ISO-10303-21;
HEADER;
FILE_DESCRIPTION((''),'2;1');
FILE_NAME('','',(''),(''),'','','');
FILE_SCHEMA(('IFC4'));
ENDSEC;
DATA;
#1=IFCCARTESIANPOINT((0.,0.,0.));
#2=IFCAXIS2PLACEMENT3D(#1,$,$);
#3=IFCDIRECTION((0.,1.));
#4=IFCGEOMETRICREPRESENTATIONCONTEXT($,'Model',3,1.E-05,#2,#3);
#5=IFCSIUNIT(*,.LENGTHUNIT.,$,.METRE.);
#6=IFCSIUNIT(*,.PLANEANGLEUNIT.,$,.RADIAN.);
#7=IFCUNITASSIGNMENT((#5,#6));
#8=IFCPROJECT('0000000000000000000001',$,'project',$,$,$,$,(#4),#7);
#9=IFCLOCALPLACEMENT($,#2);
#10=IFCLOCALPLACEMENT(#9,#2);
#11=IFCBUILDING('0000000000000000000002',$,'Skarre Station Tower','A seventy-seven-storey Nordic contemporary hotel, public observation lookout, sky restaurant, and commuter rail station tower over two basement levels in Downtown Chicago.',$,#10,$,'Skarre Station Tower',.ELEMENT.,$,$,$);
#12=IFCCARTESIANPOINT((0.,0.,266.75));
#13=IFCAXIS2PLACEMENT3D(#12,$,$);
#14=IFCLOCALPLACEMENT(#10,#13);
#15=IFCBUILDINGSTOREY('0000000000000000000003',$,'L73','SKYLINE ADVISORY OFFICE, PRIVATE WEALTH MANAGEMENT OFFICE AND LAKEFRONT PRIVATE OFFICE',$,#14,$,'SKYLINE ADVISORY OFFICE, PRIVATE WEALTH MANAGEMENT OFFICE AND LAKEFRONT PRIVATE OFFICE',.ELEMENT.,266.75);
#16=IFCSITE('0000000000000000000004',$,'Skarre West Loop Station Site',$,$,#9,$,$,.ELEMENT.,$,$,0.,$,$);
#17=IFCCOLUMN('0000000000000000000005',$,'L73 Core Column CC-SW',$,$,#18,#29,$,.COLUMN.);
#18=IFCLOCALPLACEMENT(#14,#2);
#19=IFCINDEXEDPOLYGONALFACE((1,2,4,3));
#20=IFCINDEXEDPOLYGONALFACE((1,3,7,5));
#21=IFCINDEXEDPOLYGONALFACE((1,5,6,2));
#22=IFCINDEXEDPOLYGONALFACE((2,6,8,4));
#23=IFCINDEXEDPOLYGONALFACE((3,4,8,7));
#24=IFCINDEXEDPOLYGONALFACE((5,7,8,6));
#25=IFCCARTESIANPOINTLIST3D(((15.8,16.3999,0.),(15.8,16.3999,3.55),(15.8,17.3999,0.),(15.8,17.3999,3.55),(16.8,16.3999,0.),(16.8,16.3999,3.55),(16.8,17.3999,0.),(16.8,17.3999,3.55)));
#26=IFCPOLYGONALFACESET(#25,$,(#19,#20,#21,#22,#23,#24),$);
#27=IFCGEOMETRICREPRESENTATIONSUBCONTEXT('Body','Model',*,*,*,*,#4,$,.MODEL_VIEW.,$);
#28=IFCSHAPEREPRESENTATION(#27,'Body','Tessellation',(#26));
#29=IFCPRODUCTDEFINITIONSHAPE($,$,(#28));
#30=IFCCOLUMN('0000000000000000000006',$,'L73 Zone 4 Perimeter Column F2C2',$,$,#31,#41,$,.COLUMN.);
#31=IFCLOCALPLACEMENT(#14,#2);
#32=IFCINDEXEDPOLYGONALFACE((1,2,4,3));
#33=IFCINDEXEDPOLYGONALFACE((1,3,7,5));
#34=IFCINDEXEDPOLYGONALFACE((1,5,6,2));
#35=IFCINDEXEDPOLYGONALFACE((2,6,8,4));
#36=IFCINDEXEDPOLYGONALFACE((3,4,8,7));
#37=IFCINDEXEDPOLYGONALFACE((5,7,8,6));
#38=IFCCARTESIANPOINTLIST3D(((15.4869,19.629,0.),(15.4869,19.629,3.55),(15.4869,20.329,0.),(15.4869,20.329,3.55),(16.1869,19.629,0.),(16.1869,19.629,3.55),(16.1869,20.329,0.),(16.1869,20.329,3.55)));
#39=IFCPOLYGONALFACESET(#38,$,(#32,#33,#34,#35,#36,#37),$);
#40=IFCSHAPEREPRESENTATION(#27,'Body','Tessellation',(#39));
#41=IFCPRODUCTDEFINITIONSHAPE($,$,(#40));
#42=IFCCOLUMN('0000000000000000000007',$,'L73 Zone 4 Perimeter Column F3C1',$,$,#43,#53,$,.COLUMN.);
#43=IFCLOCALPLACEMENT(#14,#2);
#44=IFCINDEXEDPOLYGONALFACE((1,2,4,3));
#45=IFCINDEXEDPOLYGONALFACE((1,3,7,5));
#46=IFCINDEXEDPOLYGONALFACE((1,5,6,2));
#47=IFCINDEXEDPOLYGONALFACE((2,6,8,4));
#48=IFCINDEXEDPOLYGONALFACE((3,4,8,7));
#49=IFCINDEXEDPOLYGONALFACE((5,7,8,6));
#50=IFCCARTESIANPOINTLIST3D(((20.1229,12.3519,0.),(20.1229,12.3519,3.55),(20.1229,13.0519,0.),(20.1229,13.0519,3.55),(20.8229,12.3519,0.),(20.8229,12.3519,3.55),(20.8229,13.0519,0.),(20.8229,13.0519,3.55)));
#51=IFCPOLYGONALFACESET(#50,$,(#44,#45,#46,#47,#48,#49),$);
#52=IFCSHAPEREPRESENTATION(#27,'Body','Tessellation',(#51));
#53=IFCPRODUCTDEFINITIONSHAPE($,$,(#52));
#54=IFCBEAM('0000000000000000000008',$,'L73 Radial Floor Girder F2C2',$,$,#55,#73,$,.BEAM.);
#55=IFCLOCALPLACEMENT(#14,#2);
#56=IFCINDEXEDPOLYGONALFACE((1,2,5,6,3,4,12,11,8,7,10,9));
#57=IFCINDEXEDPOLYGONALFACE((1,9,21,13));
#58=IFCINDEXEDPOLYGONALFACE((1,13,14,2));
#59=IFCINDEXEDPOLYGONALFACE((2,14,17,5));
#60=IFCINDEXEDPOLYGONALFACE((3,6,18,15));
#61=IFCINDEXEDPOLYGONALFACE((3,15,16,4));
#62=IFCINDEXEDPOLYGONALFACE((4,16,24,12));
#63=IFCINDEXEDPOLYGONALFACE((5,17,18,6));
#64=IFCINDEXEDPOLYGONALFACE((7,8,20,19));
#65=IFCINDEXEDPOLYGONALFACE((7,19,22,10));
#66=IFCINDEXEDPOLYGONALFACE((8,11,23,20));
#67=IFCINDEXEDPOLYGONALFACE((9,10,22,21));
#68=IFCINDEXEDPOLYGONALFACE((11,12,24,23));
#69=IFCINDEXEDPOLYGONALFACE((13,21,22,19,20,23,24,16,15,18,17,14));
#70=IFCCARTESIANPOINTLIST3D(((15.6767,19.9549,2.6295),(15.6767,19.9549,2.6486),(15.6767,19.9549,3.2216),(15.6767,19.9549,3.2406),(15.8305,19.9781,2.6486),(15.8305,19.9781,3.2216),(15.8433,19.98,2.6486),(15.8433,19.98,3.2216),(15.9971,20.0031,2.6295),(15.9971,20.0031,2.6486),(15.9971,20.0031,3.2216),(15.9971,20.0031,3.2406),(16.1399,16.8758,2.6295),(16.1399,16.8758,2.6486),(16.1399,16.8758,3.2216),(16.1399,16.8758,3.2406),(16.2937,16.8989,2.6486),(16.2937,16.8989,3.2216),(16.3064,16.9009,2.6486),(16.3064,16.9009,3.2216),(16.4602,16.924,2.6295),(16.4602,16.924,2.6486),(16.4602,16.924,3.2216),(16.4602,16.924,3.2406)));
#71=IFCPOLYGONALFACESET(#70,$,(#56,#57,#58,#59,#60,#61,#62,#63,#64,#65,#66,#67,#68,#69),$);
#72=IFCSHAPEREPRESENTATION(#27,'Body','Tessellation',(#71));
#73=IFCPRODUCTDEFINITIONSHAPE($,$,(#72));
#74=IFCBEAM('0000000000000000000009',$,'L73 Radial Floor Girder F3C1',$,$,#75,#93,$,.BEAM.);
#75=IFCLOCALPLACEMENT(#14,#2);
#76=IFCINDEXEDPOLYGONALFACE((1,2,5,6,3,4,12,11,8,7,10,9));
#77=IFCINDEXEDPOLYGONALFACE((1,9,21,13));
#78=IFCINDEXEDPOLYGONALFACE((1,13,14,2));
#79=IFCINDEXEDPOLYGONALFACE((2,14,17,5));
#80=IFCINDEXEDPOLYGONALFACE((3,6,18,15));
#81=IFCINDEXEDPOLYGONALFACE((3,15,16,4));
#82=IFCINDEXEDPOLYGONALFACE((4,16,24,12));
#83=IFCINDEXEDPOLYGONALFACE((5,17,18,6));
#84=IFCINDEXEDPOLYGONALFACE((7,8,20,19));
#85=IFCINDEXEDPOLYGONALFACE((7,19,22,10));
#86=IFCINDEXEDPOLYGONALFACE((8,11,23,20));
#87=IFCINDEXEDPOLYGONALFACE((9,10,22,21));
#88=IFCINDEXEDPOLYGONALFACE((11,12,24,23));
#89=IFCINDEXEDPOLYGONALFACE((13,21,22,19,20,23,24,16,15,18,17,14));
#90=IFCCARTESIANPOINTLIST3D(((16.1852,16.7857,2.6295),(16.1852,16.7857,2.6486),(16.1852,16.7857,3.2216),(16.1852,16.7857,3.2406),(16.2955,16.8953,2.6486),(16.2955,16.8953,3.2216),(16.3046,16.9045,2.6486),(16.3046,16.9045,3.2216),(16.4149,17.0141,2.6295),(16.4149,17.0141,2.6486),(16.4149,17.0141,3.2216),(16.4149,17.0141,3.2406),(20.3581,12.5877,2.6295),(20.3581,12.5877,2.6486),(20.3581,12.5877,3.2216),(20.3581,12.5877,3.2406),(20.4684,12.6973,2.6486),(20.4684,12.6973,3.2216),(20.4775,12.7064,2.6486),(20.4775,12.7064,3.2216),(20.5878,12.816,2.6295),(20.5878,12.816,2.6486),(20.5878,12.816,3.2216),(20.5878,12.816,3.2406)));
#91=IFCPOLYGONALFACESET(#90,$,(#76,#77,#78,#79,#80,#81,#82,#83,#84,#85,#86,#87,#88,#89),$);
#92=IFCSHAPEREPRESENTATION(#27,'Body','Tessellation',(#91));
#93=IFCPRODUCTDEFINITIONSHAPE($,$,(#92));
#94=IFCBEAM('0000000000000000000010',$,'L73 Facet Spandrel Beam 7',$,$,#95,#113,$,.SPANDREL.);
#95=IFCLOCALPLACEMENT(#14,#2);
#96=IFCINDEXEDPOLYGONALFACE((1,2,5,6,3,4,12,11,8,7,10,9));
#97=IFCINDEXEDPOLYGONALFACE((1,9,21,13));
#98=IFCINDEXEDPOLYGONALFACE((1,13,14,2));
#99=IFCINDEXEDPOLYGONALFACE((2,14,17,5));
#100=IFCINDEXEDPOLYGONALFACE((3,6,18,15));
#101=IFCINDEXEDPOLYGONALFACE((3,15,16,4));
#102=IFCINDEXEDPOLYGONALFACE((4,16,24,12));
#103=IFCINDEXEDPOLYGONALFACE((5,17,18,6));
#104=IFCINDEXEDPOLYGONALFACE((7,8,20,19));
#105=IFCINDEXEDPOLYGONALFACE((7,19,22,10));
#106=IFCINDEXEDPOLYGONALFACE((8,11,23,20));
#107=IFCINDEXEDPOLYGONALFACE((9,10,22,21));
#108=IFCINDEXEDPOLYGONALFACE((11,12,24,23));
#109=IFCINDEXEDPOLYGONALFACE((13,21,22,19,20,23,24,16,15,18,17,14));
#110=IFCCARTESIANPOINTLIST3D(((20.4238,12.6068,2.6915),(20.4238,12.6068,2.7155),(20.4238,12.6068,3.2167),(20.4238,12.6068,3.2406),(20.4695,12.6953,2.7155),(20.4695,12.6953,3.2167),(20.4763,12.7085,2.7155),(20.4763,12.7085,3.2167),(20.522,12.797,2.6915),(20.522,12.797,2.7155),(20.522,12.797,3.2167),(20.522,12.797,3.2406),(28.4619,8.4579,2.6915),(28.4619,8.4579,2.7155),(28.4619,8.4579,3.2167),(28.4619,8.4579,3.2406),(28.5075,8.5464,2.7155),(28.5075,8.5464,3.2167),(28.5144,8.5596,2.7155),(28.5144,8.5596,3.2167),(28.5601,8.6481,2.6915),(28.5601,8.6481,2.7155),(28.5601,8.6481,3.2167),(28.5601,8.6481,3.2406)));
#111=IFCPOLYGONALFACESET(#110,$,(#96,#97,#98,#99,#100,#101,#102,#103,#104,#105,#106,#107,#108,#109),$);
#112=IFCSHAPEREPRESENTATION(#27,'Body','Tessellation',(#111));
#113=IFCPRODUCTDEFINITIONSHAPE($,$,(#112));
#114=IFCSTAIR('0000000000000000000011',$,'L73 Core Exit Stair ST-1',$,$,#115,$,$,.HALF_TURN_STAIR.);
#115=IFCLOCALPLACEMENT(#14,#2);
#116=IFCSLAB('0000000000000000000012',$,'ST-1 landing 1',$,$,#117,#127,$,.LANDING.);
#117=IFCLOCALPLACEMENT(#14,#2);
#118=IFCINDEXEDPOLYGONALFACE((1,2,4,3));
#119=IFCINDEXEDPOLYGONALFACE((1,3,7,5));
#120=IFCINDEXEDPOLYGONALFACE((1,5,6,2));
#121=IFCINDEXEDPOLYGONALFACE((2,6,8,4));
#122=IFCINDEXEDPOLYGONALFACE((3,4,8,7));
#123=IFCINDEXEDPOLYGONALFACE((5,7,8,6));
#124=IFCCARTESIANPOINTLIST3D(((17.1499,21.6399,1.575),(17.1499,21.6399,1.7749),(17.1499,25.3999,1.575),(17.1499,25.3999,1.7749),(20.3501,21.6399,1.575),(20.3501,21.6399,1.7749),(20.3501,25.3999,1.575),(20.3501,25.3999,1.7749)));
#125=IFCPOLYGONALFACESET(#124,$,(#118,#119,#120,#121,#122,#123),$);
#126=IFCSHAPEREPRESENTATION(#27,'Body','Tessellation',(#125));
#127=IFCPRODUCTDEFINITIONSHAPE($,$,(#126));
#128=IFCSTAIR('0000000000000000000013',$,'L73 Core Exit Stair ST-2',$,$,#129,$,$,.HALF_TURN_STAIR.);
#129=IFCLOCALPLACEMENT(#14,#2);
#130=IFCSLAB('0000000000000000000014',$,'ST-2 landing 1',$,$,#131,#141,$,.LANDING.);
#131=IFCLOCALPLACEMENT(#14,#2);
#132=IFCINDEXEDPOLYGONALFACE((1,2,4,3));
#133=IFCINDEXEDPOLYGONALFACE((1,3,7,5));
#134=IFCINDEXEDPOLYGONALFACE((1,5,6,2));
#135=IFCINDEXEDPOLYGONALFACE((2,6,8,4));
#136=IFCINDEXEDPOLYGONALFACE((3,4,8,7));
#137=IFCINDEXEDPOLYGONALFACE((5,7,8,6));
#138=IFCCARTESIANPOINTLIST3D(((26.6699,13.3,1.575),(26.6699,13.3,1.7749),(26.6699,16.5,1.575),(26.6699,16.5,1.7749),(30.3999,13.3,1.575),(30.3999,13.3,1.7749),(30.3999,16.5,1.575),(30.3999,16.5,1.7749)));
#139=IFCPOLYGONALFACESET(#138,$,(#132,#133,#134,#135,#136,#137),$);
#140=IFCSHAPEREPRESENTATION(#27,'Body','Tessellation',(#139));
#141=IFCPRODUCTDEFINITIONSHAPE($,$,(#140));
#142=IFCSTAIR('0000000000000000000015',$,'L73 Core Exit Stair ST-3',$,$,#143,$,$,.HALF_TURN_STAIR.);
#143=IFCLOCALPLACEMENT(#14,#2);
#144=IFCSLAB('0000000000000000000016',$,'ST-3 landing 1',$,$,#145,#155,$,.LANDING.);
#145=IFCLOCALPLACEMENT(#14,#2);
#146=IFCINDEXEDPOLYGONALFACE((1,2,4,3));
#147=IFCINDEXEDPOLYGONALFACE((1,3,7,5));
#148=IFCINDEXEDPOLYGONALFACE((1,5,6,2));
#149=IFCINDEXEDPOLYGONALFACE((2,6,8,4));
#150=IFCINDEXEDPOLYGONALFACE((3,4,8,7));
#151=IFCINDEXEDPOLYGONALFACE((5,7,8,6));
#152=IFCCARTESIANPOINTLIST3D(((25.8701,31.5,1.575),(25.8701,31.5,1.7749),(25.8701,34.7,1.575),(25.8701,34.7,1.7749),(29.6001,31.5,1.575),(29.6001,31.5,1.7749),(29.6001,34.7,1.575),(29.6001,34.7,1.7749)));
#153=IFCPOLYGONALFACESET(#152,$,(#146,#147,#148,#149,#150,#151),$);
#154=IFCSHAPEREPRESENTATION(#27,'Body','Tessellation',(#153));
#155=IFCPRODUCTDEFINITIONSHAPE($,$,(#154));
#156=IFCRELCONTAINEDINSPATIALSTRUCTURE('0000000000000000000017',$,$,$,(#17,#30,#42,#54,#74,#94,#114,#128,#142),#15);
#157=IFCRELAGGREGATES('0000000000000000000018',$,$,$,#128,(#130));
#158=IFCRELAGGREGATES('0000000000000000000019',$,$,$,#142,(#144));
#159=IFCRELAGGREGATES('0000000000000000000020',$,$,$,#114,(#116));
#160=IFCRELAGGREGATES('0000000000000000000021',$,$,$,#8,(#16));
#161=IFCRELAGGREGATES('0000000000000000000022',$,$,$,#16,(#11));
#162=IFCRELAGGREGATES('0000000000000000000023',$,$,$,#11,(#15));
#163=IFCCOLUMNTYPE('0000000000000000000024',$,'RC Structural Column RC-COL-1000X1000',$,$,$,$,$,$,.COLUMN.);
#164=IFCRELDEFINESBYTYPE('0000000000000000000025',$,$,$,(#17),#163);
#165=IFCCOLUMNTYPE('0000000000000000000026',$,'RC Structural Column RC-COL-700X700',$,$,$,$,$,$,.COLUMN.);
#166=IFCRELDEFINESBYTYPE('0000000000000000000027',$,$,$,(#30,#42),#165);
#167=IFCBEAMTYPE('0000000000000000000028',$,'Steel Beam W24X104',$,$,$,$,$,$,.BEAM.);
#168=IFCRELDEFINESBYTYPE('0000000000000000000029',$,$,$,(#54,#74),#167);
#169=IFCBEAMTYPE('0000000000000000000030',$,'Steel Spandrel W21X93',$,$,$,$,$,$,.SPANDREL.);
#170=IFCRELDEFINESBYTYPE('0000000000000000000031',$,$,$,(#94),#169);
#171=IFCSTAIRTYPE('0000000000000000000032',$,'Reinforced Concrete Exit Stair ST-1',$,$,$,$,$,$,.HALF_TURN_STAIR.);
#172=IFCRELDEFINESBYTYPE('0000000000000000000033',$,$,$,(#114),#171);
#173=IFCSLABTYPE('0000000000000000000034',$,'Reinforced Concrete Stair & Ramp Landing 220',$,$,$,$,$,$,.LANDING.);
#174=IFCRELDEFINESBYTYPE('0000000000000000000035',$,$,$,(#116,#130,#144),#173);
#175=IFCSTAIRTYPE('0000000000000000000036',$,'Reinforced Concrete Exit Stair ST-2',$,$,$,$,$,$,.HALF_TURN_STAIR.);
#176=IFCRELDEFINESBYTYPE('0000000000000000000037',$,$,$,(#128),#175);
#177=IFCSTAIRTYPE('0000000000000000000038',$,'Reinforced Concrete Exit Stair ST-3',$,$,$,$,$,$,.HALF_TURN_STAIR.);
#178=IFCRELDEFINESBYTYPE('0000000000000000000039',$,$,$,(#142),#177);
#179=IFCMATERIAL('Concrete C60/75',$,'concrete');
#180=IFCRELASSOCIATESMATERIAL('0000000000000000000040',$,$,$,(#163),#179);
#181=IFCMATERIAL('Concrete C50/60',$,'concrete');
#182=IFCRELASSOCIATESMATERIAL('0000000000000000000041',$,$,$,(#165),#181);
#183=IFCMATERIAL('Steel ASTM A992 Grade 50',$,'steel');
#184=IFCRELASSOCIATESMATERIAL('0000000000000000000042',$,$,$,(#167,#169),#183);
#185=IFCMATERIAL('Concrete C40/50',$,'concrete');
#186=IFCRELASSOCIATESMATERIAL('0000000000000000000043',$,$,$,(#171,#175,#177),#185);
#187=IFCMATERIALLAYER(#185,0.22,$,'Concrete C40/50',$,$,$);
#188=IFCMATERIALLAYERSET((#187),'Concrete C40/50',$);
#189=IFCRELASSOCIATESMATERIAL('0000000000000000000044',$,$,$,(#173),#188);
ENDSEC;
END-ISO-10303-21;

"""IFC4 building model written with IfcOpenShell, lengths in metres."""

from ifc_helpers import new_model, si_unit, direction, frame, origin, origin_2d, place, context, subcontext, project, spatial, polyline, rectangle, i_section, outline, extrude, material, layer, layer_set, material_profile, profile_set, type_object, element, aggregate, save


model = new_model("IFC4")

# Units and contexts
model_context = context("Model", 3, precision=1e-05, world=origin(), true_north=direction((0.0, 1.0)))
body_context = subcontext(model_context, "Body", "Model", "MODEL_VIEW")
ifc_project = project(units=[si_unit("LENGTHUNIT", "METRE"), si_unit("PLANEANGLEUNIT", "RADIAN")], contexts=[model_context])

# Site, building, storey
site_placement = place(None, origin())
site = spatial("IfcSite", under=ifc_project, at=site_placement, Name="Skarre West Loop Station Site", CompositionType="ELEMENT", RefElevation=0.0)
building_placement = place(site_placement, origin())
building = spatial("IfcBuilding", under=site, at=building_placement, Name="Skarre Station Tower", Description="A seventy-seven-storey Nordic contemporary hotel, public observation lookout, sky restaurant, and commuter rail station tower over two basement levels in Downtown Chicago.", LongName="Skarre Station Tower", CompositionType="ELEMENT")
storey_placement = place(building_placement, frame((0.0, 0.0, 266.75)))
storey = spatial("IfcBuildingStorey", under=building, at=storey_placement, Name="L73", Description="SKYLINE ADVISORY OFFICE, PRIVATE WEALTH MANAGEMENT OFFICE AND LAKEFRONT PRIVATE OFFICE", LongName="SKYLINE ADVISORY OFFICE, PRIVATE WEALTH MANAGEMENT OFFICE AND LAKEFRONT PRIVATE OFFICE", CompositionType="ELEMENT", Elevation=266.75)

# Columns
ifc_material_1 = material(Name="Concrete C60/75", Category="concrete")
ifc_material_profile_1 = material_profile(ifc_material_1, rectangle(XDim=1.0, YDim=1.0, at=origin_2d()), Name="Concrete C60/75")
ifc_profile_set_1 = profile_set([ifc_material_profile_1], Name="Concrete C60/75")
column_type_1 = type_object("IfcColumnType", Name="RC Structural Column RC-COL-1000X1000", PredefinedType="COLUMN", material=ifc_profile_set_1)
column_placement = place(storey_placement, frame((16.3, 16.8999, 0.0), z_axis=(0.0, 0.0, 1.0), x_axis=(1.0, 0.0, 0.0)))
element("IfcColumn", 1, at=column_placement, inside=storey, type_object=column_type_1, Name="L73 Core Column CC-SW", PredefinedType="COLUMN", context=body_context, shape_type="SweptSolid", body=[
    extrude(rectangle(XDim=1.0, YDim=1.0, at=origin_2d()), origin(), (0.0, 0.0, 1.0), 3.55),
])
ifc_material_2 = material(Name="Concrete C50/60", Category="concrete")
ifc_material_profile_2 = material_profile(ifc_material_2, rectangle(XDim=0.7, YDim=0.7, at=origin_2d()), Name="Concrete C50/60")
ifc_profile_set_2 = profile_set([ifc_material_profile_2], Name="Concrete C50/60")
column_type_2 = type_object("IfcColumnType", Name="RC Structural Column RC-COL-700X700", PredefinedType="COLUMN", material=ifc_profile_set_2)
for number, where, z_axis, x_axis, name in (
    (2, (15.8369, 19.979, 0.0), (0.0, 0.0, 1.0), (1.0, 0.0, 0.0), "L73 Zone 4 Perimeter Column F2C2"),
    (3, (20.4729, 12.7019, 0.0), (0.0, 0.0, 1.0), (1.0, 0.0, 0.0), "L73 Zone 4 Perimeter Column F3C1"),
):
    element("IfcColumn", number, at=place(storey_placement, frame(where, z_axis=z_axis, x_axis=x_axis)), inside=storey, type_object=column_type_2, Name=name, PredefinedType="COLUMN", context=body_context, shape_type="SweptSolid", body=[
        extrude(rectangle(XDim=0.7, YDim=0.7, at=origin_2d()), origin(), (0.0, 0.0, 1.0), 3.55),
    ])

# Beams
ifc_material_3 = material(Name="Steel ASTM A992 Grade 50", Category="steel")
ifc_material_profile_3 = material_profile(ifc_material_3, i_section(OverallWidth=0.324, OverallDepth=0.6111, WebThickness=0.0129, FlangeThickness=0.019, at=origin_2d()), Name="Steel ASTM A992 Grade 50")
ifc_profile_set_3 = profile_set([ifc_material_profile_3], Name="Steel ASTM A992 Grade 50")
beam_type_1 = type_object("IfcBeamType", Name="Steel Beam W24X104", PredefinedType="BEAM", material=ifc_profile_set_3)
beam_1_placement = place(storey_placement, frame((16.3, 16.8999, 2.9351), z_axis=(-0.148739, 0.988876, 0.0), x_axis=(-0.988876, -0.148739, 0.0)))
element("IfcBeam", 4, at=beam_1_placement, inside=storey, type_object=beam_type_1, Name="L73 Radial Floor Girder F2C2", PredefinedType="BEAM", context=body_context, shape_type="SweptSolid", body=[
    extrude(i_section(OverallWidth=0.324, OverallDepth=0.6111, WebThickness=0.0129, FlangeThickness=0.019, at=origin_2d()), origin(), (0.0, 0.0, 1.0), 3.1138),
])
beam_2_placement = place(storey_placement, frame((16.3, 16.8999, 2.9351), z_axis=(0.704979, -0.709228, 0.0), x_axis=(0.709228, 0.704979, 0.0)))
element("IfcBeam", 5, at=beam_2_placement, inside=storey, type_object=beam_type_1, Name="L73 Radial Floor Girder F3C1", PredefinedType="BEAM", context=body_context, shape_type="SweptSolid", body=[
    extrude(i_section(OverallWidth=0.324, OverallDepth=0.6111, WebThickness=0.0129, FlangeThickness=0.019, at=origin_2d()), origin(), (0.0, 0.0, 1.0), 5.9192),
])
ifc_material_profile_4 = material_profile(ifc_material_3, i_section(OverallWidth=0.2141, OverallDepth=0.5491, WebThickness=0.0149, FlangeThickness=0.0239, at=origin_2d()), Name="Steel ASTM A992 Grade 50")
ifc_profile_set_4 = profile_set([ifc_material_profile_4], Name="Steel ASTM A992 Grade 50")
beam_type_2 = type_object("IfcBeamType", Name="Steel Spandrel W21X93", PredefinedType="SPANDREL", material=ifc_profile_set_4)
beam_3_placement = place(storey_placement, frame((20.4729, 12.7019, 2.9661), z_axis=(0.88861, -0.458664, 0.0), x_axis=(0.458664, 0.88861, 0.0)))
element("IfcBeam", 6, at=beam_3_placement, inside=storey, type_object=beam_type_2, Name="L73 Facet Spandrel Beam 7", PredefinedType="SPANDREL", context=body_context, shape_type="SweptSolid", body=[
    extrude(i_section(OverallWidth=0.2141, OverallDepth=0.5491, WebThickness=0.0149, FlangeThickness=0.0239, at=origin_2d()), origin(), (0.0, 0.0, 1.0), 9.0457),
])

# Stairs, slabs
ifc_material_4 = material(Name="Concrete C40/50", Category="concrete")
stair_type_1 = type_object("IfcStairType", Name="Reinforced Concrete Exit Stair ST-1", PredefinedType="HALF_TURN_STAIR", material=ifc_material_4)
stair_1_placement = place(storey_placement, origin())
stair_1 = element("IfcStair", 7, at=stair_1_placement, inside=storey, type_object=stair_type_1, Name="L73 Core Exit Stair ST-1", PredefinedType="HALF_TURN_STAIR")
ifc_layer_1 = layer(ifc_material_4, 0.22, Name="Concrete C40/50")
ifc_layer_set_1 = layer_set([ifc_layer_1], Name="Concrete C40/50")
slab_type_1 = type_object("IfcSlabType", Name="Reinforced Concrete Stair & Ramp Landing 220", PredefinedType="LANDING", material=ifc_layer_set_1)
slab_1_placement = place(storey_placement, frame((0.0, 0.0, 1.575)))
slab_1 = element("IfcSlab", 8, at=slab_1_placement, type_object=slab_type_1, Name="ST-1 landing 1", PredefinedType="LANDING", context=body_context, shape_type="SweptSolid", body=[
    extrude(outline(polyline([(20.3501, 21.6399), (20.3501, 25.3999), (17.1499, 25.3999), (17.1499, 21.6399), (20.3501, 21.6399)])), origin(), (0.0, 0.0, 1.0), 0.2),
])
stair_type_2 = type_object("IfcStairType", Name="Reinforced Concrete Exit Stair ST-2", PredefinedType="HALF_TURN_STAIR", material=ifc_material_4)
stair_2_placement = place(storey_placement, origin())
stair_2 = element("IfcStair", 9, at=stair_2_placement, inside=storey, type_object=stair_type_2, Name="L73 Core Exit Stair ST-2", PredefinedType="HALF_TURN_STAIR")
slab_2_placement = place(storey_placement, frame((0.0, 0.0, 1.575)))
slab_2 = element("IfcSlab", 10, at=slab_2_placement, type_object=slab_type_1, Name="ST-2 landing 1", PredefinedType="LANDING", context=body_context, shape_type="SweptSolid", body=[
    extrude(outline(polyline([(26.6699, 13.3), (30.3999, 13.3), (30.3999, 16.5), (26.6699, 16.5), (26.6699, 13.3)])), origin(), (0.0, 0.0, 1.0), 0.2),
])
aggregate(stair_2, [slab_2])
stair_type_3 = type_object("IfcStairType", Name="Reinforced Concrete Exit Stair ST-3", PredefinedType="HALF_TURN_STAIR", material=ifc_material_4)
stair_3_placement = place(storey_placement, origin())
stair_3 = element("IfcStair", 11, at=stair_3_placement, inside=storey, type_object=stair_type_3, Name="L73 Core Exit Stair ST-3", PredefinedType="HALF_TURN_STAIR")
slab_3_placement = place(storey_placement, frame((0.0, 0.0, 1.575)))
slab_3 = element("IfcSlab", 12, at=slab_3_placement, type_object=slab_type_1, Name="ST-3 landing 1", PredefinedType="LANDING", context=body_context, shape_type="SweptSolid", body=[
    extrude(outline(polyline([(25.8701, 31.5), (29.6001, 31.5), (29.6001, 34.7), (25.8701, 34.7), (25.8701, 31.5)])), origin(), (0.0, 0.0, 1.0), 0.2),
])
aggregate(stair_3, [slab_3])

aggregate(stair_1, [slab_1])

save(model, "model.ifc")
